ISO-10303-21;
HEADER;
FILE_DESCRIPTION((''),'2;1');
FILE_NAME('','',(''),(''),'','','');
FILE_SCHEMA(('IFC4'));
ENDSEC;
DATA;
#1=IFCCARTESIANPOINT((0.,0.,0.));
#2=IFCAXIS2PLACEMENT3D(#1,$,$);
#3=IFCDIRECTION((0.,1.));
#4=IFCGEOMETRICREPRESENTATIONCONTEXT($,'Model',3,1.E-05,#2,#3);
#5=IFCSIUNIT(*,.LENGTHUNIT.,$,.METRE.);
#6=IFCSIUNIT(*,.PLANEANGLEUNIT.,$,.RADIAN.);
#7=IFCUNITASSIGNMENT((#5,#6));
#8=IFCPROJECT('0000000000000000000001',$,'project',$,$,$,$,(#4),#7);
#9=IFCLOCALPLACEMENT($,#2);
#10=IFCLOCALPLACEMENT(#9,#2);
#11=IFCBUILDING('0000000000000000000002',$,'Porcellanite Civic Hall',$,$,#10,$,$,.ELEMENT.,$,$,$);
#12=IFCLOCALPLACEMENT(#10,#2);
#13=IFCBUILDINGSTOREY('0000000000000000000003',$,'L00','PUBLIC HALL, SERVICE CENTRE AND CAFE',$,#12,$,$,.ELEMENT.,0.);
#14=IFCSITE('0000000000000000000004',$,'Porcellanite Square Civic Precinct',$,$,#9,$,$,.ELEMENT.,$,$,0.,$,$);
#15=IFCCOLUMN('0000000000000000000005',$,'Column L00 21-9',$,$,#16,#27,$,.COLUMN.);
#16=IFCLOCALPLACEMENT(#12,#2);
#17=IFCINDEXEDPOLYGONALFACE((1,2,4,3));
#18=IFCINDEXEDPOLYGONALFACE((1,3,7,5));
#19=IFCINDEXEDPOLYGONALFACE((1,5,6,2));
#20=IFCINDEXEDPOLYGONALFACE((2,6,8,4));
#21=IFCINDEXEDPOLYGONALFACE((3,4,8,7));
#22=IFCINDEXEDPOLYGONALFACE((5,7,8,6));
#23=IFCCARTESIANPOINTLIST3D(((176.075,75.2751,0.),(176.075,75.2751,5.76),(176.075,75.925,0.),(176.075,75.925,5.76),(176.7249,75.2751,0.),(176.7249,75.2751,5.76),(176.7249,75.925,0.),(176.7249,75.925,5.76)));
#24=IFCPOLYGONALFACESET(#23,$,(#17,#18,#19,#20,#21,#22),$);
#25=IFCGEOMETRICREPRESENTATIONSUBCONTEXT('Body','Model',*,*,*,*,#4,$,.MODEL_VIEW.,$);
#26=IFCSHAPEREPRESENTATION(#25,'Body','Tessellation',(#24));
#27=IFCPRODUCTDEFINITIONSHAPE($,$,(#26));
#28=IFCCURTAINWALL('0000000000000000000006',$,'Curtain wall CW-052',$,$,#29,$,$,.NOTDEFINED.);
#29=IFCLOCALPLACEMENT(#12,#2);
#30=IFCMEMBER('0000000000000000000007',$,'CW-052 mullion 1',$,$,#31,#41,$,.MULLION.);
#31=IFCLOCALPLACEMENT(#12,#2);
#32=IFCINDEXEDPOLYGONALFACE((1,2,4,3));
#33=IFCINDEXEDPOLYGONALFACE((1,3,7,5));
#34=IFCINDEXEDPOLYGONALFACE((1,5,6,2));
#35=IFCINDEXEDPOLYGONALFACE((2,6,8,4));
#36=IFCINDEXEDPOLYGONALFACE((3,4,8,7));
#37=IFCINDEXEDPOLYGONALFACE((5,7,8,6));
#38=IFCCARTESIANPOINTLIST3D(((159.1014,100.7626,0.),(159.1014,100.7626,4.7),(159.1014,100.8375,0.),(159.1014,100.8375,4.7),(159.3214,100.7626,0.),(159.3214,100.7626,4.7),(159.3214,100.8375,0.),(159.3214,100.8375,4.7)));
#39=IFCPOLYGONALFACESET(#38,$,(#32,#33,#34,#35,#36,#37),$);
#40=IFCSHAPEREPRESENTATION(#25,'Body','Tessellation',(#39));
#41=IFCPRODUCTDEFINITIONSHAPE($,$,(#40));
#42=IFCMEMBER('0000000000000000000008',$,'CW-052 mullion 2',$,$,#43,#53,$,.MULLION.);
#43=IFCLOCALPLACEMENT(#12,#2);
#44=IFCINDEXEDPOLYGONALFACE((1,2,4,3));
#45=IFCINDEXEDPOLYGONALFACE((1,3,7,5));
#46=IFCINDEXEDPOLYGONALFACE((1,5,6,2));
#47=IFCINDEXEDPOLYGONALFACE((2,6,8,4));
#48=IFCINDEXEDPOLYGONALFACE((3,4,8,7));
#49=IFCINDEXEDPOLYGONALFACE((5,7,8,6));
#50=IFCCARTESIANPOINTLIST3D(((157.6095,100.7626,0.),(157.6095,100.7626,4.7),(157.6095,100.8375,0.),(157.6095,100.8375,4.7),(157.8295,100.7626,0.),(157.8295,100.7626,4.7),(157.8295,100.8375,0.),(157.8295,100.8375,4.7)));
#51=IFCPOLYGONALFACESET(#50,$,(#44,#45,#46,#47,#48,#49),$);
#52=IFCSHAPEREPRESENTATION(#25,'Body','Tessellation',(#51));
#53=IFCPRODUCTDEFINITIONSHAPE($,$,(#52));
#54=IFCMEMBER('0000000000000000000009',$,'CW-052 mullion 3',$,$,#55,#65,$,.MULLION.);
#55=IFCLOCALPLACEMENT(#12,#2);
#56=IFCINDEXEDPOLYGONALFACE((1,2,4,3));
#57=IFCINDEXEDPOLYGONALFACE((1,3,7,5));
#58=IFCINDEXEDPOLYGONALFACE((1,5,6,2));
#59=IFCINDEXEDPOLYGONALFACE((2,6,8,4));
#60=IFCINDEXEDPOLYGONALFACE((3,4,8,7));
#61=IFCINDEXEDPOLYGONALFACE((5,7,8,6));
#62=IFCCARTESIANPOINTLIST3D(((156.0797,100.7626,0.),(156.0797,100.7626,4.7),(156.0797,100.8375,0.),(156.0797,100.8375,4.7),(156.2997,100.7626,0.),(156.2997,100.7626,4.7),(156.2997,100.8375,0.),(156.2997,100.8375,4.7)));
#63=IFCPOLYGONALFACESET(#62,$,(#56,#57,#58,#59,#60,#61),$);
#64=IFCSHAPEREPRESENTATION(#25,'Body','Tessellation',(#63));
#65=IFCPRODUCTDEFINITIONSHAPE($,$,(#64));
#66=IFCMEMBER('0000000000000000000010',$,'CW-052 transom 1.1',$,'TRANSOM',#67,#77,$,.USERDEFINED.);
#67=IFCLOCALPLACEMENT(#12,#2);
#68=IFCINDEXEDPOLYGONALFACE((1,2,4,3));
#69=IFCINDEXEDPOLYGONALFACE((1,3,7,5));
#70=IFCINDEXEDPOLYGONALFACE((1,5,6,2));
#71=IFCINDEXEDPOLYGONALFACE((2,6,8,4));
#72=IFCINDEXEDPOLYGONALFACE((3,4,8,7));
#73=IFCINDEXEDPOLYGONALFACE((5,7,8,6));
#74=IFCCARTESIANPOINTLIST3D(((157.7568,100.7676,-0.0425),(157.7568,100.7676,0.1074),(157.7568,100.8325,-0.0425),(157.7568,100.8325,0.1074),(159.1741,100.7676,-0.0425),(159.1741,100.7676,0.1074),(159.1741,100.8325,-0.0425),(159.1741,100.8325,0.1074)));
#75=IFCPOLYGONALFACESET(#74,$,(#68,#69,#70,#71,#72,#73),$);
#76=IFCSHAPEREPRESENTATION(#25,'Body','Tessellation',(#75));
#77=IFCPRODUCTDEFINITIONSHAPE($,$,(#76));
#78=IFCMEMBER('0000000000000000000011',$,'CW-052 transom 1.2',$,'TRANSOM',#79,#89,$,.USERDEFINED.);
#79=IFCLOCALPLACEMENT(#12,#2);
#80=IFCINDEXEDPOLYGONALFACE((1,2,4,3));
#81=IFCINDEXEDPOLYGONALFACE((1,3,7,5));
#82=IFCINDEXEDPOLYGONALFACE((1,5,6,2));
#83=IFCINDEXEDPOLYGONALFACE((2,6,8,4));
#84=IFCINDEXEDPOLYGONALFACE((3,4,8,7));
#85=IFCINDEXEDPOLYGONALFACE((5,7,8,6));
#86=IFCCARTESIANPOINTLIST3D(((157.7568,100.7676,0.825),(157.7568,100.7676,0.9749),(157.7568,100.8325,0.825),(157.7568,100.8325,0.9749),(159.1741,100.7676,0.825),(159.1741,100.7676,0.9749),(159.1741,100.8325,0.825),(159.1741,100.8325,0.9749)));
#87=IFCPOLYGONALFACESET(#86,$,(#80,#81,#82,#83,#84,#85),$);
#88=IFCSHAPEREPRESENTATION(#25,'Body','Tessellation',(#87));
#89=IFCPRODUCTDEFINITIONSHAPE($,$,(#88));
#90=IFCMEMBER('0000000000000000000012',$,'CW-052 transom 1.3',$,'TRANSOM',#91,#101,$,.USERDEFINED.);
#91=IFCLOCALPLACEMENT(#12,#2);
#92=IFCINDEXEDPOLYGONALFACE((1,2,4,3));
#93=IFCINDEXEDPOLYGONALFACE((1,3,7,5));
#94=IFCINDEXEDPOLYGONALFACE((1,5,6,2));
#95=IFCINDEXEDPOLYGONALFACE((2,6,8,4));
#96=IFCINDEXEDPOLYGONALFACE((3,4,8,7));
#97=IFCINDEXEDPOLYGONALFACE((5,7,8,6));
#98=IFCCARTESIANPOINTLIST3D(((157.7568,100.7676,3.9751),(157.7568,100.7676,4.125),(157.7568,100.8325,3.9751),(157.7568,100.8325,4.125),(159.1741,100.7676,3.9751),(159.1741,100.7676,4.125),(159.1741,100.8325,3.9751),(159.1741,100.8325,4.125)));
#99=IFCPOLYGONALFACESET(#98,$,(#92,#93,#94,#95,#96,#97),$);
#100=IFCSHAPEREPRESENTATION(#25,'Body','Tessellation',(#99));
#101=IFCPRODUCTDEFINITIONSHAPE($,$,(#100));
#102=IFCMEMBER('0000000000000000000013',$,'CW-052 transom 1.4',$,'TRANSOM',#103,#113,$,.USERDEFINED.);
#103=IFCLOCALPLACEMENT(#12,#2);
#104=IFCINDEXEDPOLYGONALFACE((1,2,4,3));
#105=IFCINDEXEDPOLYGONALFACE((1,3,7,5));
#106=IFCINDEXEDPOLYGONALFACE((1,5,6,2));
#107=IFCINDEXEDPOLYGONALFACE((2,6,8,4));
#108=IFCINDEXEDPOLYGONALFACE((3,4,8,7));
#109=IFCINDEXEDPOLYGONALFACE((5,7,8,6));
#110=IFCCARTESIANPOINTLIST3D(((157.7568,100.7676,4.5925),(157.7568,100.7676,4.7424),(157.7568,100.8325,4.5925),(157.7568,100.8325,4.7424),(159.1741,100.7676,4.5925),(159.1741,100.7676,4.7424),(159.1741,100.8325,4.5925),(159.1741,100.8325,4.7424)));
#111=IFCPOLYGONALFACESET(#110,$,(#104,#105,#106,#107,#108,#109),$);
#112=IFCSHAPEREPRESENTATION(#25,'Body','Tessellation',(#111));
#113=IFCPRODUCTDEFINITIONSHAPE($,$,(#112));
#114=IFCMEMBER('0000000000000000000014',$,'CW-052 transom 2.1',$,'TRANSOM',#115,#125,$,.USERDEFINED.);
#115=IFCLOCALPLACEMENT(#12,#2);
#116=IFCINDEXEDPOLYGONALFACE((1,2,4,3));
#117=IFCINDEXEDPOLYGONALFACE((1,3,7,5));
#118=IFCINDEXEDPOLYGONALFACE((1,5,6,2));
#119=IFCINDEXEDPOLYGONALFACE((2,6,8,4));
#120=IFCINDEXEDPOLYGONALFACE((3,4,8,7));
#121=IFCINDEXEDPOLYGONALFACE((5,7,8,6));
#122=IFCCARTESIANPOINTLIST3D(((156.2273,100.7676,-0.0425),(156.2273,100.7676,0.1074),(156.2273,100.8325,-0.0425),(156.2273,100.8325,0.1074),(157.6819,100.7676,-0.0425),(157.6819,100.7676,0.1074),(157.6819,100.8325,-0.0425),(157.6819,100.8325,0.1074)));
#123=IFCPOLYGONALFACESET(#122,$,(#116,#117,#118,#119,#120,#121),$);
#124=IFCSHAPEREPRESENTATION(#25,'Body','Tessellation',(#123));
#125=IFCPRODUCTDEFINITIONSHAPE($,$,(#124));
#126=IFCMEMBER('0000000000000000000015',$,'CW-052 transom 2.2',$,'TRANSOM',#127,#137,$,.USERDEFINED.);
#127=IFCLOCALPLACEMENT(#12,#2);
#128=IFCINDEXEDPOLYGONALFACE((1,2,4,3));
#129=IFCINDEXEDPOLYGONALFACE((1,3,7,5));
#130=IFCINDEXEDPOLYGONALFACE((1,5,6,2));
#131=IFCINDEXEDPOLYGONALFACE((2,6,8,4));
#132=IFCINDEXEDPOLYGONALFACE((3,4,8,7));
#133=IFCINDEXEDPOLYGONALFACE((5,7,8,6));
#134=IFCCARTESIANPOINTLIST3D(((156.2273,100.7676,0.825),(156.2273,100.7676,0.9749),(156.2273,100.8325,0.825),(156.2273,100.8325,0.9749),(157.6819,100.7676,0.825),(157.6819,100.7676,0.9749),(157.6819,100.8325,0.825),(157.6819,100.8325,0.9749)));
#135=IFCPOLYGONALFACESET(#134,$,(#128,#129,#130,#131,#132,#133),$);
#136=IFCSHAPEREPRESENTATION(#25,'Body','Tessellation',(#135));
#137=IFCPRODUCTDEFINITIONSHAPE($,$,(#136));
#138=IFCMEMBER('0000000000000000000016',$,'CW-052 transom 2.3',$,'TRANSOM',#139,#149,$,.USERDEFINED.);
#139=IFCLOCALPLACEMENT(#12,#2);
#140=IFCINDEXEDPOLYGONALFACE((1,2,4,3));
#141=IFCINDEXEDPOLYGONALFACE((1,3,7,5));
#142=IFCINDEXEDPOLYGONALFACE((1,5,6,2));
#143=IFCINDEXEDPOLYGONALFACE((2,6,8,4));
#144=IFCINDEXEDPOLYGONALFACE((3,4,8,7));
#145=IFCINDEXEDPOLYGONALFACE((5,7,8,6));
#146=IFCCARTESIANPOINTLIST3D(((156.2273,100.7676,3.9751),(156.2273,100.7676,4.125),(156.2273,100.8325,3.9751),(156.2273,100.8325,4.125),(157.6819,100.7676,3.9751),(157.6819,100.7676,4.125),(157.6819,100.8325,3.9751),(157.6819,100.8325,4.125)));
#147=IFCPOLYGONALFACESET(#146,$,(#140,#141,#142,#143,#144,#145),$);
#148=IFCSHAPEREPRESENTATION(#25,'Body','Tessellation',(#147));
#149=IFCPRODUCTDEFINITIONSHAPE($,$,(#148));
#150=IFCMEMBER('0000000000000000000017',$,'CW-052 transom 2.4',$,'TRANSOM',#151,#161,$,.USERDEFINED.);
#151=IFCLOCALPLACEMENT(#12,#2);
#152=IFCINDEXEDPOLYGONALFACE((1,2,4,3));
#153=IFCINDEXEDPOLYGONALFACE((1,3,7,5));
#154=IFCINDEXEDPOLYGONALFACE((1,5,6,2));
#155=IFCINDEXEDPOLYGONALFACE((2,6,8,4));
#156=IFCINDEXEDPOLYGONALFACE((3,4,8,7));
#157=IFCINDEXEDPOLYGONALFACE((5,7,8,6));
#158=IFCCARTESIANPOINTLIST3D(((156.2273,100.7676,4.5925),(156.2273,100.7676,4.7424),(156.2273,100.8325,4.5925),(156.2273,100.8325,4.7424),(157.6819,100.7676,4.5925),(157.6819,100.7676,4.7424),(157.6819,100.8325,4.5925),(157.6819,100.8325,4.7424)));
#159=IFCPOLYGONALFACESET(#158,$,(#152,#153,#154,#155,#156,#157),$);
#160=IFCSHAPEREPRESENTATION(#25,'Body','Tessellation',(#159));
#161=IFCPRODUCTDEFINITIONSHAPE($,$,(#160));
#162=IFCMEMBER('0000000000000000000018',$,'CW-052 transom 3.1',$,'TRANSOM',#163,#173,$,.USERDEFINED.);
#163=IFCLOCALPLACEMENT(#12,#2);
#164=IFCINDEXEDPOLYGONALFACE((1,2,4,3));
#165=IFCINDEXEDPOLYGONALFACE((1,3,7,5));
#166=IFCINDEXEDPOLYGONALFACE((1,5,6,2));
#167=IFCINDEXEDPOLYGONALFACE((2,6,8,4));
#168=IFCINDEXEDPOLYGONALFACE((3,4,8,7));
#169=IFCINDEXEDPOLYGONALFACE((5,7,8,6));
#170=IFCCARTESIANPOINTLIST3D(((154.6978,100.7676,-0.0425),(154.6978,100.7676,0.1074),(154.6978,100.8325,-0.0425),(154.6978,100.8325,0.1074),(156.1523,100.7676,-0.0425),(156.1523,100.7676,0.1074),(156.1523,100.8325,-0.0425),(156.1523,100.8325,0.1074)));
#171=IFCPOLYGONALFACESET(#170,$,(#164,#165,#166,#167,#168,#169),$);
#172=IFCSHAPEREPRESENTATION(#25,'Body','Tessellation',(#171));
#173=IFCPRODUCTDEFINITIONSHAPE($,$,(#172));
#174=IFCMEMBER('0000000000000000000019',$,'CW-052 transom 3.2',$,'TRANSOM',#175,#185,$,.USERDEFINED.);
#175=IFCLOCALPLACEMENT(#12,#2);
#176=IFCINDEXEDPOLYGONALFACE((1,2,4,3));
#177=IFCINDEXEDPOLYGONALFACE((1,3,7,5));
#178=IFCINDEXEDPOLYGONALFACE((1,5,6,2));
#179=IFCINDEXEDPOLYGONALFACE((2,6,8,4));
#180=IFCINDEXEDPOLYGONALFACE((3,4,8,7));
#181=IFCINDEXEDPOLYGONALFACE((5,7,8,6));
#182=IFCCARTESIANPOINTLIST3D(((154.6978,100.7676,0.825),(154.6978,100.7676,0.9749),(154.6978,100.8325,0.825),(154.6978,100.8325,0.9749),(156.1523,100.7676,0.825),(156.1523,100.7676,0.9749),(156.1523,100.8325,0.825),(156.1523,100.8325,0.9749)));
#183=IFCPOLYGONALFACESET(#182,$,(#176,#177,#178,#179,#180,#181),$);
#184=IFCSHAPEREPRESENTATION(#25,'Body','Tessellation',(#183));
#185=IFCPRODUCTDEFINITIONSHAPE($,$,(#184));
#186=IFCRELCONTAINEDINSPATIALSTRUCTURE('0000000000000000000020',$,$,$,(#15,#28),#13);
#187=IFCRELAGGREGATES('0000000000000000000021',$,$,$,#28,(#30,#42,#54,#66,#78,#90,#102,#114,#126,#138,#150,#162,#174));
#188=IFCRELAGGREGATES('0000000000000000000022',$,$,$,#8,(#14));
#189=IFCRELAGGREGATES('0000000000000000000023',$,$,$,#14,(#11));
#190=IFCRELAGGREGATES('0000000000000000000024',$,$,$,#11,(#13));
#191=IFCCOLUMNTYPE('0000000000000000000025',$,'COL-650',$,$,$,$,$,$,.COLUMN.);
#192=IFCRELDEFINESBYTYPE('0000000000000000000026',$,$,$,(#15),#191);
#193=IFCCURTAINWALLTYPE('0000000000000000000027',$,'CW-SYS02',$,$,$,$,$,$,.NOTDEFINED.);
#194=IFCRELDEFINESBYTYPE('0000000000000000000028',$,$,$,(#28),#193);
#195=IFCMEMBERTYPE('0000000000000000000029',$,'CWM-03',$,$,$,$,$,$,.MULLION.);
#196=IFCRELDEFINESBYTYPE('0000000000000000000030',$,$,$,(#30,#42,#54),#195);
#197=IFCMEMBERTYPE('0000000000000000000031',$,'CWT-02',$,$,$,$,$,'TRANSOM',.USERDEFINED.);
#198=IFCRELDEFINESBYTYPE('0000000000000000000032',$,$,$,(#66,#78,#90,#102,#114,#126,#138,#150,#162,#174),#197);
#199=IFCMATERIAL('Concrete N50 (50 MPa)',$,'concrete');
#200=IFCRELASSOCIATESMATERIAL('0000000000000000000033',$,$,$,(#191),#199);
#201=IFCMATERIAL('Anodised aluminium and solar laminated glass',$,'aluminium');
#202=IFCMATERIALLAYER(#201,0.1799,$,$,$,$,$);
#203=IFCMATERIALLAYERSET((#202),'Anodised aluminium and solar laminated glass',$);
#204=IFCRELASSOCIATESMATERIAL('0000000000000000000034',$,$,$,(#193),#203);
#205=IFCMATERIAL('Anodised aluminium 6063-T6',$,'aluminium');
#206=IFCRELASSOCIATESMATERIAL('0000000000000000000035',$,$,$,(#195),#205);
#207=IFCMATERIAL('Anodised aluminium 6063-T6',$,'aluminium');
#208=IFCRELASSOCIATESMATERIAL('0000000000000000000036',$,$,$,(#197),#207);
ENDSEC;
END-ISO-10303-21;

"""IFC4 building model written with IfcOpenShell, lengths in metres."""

from ifc_helpers import new_model, si_unit, direction, frame, origin, origin_2d, place, context, subcontext, project, spatial, rectangle, extrude, material, layer, layer_set, material_profile, profile_set, type_object, element, aggregate, save


model = new_model("IFC4")

# Units and contexts
model_context = context("Model", 3, precision=1e-05, world=origin(), true_north=direction((0.0, 1.0)))
body_context = subcontext(model_context, "Body", "Model", "MODEL_VIEW")
ifc_project = project(units=[si_unit("LENGTHUNIT", "METRE"), si_unit("PLANEANGLEUNIT", "RADIAN")], contexts=[model_context])

# Site, building, storey
site_placement = place(None, origin())
site = spatial("IfcSite", under=ifc_project, at=site_placement, Name="Porcellanite Square Civic Precinct", CompositionType="ELEMENT", RefElevation=0.0)
building_placement = place(site_placement, origin())
building = spatial("IfcBuilding", under=site, at=building_placement, Name="Porcellanite Civic Hall", CompositionType="ELEMENT")
storey_placement = place(building_placement, origin())
storey = spatial("IfcBuildingStorey", under=building, at=storey_placement, Name="L00", Description="PUBLIC HALL, SERVICE CENTRE AND CAFE", CompositionType="ELEMENT", Elevation=0.0)

# Column
ifc_material_1 = material(Name="Concrete N50 (50 MPa)", Category="concrete")
ifc_material_profile_1 = material_profile(ifc_material_1, rectangle(XDim=0.6499, YDim=0.6499, at=origin_2d()), Name="RC-650x650")
ifc_profile_set_1 = profile_set([ifc_material_profile_1], Name="Concrete N50 (50 MPa)")
column_type = type_object("IfcColumnType", Name="COL-650", PredefinedType="COLUMN", material=ifc_profile_set_1)
column_placement = place(storey_placement, frame((176.3999, 75.6001, 0.0), z_axis=(0.0, 0.0, 1.0), x_axis=(1.0, 0.0, 0.0)))
element("IfcColumn", 1, at=column_placement, inside=storey, type_object=column_type, Name="Column L00 21-9", PredefinedType="COLUMN", context=body_context, shape_type="SweptSolid", body=[
    extrude(rectangle(XDim=0.6499, YDim=0.6499, at=origin_2d()), origin(), (0.0, 0.0, 1.0), 5.76),
])

# Curtain wall, members
ifc_material_2 = material(Name="Anodised aluminium and solar laminated glass", Category="aluminium")
ifc_layer_1 = layer(ifc_material_2, 0.1799)
ifc_layer_set_1 = layer_set([ifc_layer_1], Name="Anodised aluminium and solar laminated glass")
curtain_wall_type = type_object("IfcCurtainWallType", Name="CW-SYS02", PredefinedType="NOTDEFINED", material=ifc_layer_set_1)
curtain_wall_placement = place(storey_placement, origin())
curtain_wall = element("IfcCurtainWall", 2, at=curtain_wall_placement, inside=storey, type_object=curtain_wall_type, Name="Curtain wall CW-052", PredefinedType="NOTDEFINED")
ifc_material_3 = material(Name="Anodised aluminium 6063-T6", Category="aluminium")
ifc_material_profile_2 = material_profile(ifc_material_3, rectangle(XDim=0.075, YDim=0.22, at=origin_2d()), Name="AL-75x220")
ifc_profile_set_2 = profile_set([ifc_material_profile_2], Name="Anodised aluminium 6063-T6")
member_type_1 = type_object("IfcMemberType", Name="CWM-03", PredefinedType="MULLION", material=ifc_profile_set_2)
member_1_placement = place(storey_placement, frame((159.2114, 100.8, 0.0), z_axis=(0.0, 0.0, 1.0), x_axis=(0.0, -1.0, 0.0)))
member_1 = element("IfcMember", 3, at=member_1_placement, type_object=member_type_1, Name="CW-052 mullion 1", PredefinedType="MULLION", context=body_context, shape_type="SweptSolid", body=[
    extrude(rectangle(XDim=0.075, YDim=0.22, at=origin_2d()), origin(), (0.0, 0.0, 1.0), 4.7),
])
member_2_placement = place(storey_placement, frame((157.7195, 100.8, 0.0), z_axis=(0.0, 0.0, 1.0), x_axis=(0.0, -1.0, 0.0)))
member_2 = element("IfcMember", 4, at=member_2_placement, type_object=member_type_1, Name="CW-052 mullion 2", PredefinedType="MULLION", context=body_context, shape_type="SweptSolid", body=[
    extrude(rectangle(XDim=0.075, YDim=0.22, at=origin_2d()), origin(), (0.0, 0.0, 1.0), 4.7),
])
member_3_placement = place(storey_placement, frame((156.1897, 100.8, 0.0), z_axis=(0.0, 0.0, 1.0), x_axis=(0.0, -1.0, 0.0)))
member_3 = element("IfcMember", 5, at=member_3_placement, type_object=member_type_1, Name="CW-052 mullion 3", PredefinedType="MULLION", context=body_context, shape_type="SweptSolid", body=[
    extrude(rectangle(XDim=0.075, YDim=0.22, at=origin_2d()), origin(), (0.0, 0.0, 1.0), 4.7),
])
ifc_material_4 = material(Name="Anodised aluminium 6063-T6", Category="aluminium")
ifc_material_profile_3 = material_profile(ifc_material_4, rectangle(XDim=0.0649, YDim=0.1499, at=origin_2d()), Name="AL-65x150")
ifc_profile_set_3 = profile_set([ifc_material_profile_3], Name="Anodised aluminium 6063-T6")
member_type_2 = type_object("IfcMemberType", Name="CWT-02", ElementType="TRANSOM", PredefinedType="USERDEFINED", material=ifc_profile_set_3)
member_4_placement = place(storey_placement, frame((159.1741, 100.8, 0.0325), z_axis=(-1.0, 0.0, 0.0), x_axis=(0.0, -1.0, 0.0)))
member_4 = element("IfcMember", 6, at=member_4_placement, type_object=member_type_2, Name="CW-052 transom 1.1", ObjectType="TRANSOM", PredefinedType="USERDEFINED", context=body_context, shape_type="SweptSolid", body=[
    extrude(rectangle(XDim=0.0649, YDim=0.1499, at=origin_2d()), origin(), (0.0, 0.0, 1.0), 1.4172),
])
member_5_placement = place(storey_placement, frame((159.1741, 100.8, 0.8999), z_axis=(-1.0, 0.0, 0.0), x_axis=(0.0, -1.0, 0.0)))
member_5 = element("IfcMember", 7, at=member_5_placement, type_object=member_type_2, Name="CW-052 transom 1.2", ObjectType="TRANSOM", PredefinedType="USERDEFINED", context=body_context, shape_type="SweptSolid", body=[
    extrude(rectangle(XDim=0.0649, YDim=0.1499, at=origin_2d()), origin(), (0.0, 0.0, 1.0), 1.4172),
])
member_6_placement = place(storey_placement, frame((159.1741, 100.8, 4.05), z_axis=(-1.0, 0.0, 0.0), x_axis=(0.0, -1.0, 0.0)))
member_6 = element("IfcMember", 8, at=member_6_placement, type_object=member_type_2, Name="CW-052 transom 1.3", ObjectType="TRANSOM", PredefinedType="USERDEFINED", context=body_context, shape_type="SweptSolid", body=[
    extrude(rectangle(XDim=0.0649, YDim=0.1499, at=origin_2d()), origin(), (0.0, 0.0, 1.0), 1.4172),
])
member_7_placement = place(storey_placement, frame((159.1741, 100.8, 4.6675), z_axis=(-1.0, 0.0, 0.0), x_axis=(0.0, -1.0, 0.0)))
member_7 = element("IfcMember", 9, at=member_7_placement, type_object=member_type_2, Name="CW-052 transom 1.4", ObjectType="TRANSOM", PredefinedType="USERDEFINED", context=body_context, shape_type="SweptSolid", body=[
    extrude(rectangle(XDim=0.0649, YDim=0.1499, at=origin_2d()), origin(), (0.0, 0.0, 1.0), 1.4172),
])
member_8_placement = place(storey_placement, frame((157.6819, 100.8, 0.0325), z_axis=(-1.0, 0.0, 0.0), x_axis=(0.0, -1.0, 0.0)))
member_8 = element("IfcMember", 10, at=member_8_placement, type_object=member_type_2, Name="CW-052 transom 2.1", ObjectType="TRANSOM", PredefinedType="USERDEFINED", context=body_context, shape_type="SweptSolid", body=[
    extrude(rectangle(XDim=0.0649, YDim=0.1499, at=origin_2d()), origin(), (0.0, 0.0, 1.0), 1.4546),
])
member_9_placement = place(storey_placement, frame((157.6819, 100.8, 0.8999), z_axis=(-1.0, 0.0, 0.0), x_axis=(0.0, -1.0, 0.0)))
member_9 = element("IfcMember", 11, at=member_9_placement, type_object=member_type_2, Name="CW-052 transom 2.2", ObjectType="TRANSOM", PredefinedType="USERDEFINED", context=body_context, shape_type="SweptSolid", body=[
    extrude(rectangle(XDim=0.0649, YDim=0.1499, at=origin_2d()), origin(), (0.0, 0.0, 1.0), 1.4546),
])
member_10_placement = place(storey_placement, frame((157.6819, 100.8, 4.05), z_axis=(-1.0, 0.0, 0.0), x_axis=(0.0, -1.0, 0.0)))
member_10 = element("IfcMember", 12, at=member_10_placement, type_object=member_type_2, Name="CW-052 transom 2.3", ObjectType="TRANSOM", PredefinedType="USERDEFINED", context=body_context, shape_type="SweptSolid", body=[
    extrude(rectangle(XDim=0.0649, YDim=0.1499, at=origin_2d()), origin(), (0.0, 0.0, 1.0), 1.4546),
])
member_11_placement = place(storey_placement, frame((157.6819, 100.8, 4.6675), z_axis=(-1.0, 0.0, 0.0), x_axis=(0.0, -1.0, 0.0)))
member_11 = element("IfcMember", 13, at=member_11_placement, type_object=member_type_2, Name="CW-052 transom 2.4", ObjectType="TRANSOM", PredefinedType="USERDEFINED", context=body_context, shape_type="SweptSolid", body=[
    extrude(rectangle(XDim=0.0649, YDim=0.1499, at=origin_2d()), origin(), (0.0, 0.0, 1.0), 1.4546),
])
member_12_placement = place(storey_placement, frame((156.1523, 100.8, 0.0325), z_axis=(-1.0, 0.0, 0.0), x_axis=(0.0, -1.0, 0.0)))
member_12 = element("IfcMember", 14, at=member_12_placement, type_object=member_type_2, Name="CW-052 transom 3.1", ObjectType="TRANSOM", PredefinedType="USERDEFINED", context=body_context, shape_type="SweptSolid", body=[
    extrude(rectangle(XDim=0.0649, YDim=0.1499, at=origin_2d()), origin(), (0.0, 0.0, 1.0), 1.4546),
])
member_13_placement = place(storey_placement, frame((156.1523, 100.8, 0.8999), z_axis=(-1.0, 0.0, 0.0), x_axis=(0.0, -1.0, 0.0)))
member_13 = element("IfcMember", 15, at=member_13_placement, type_object=member_type_2, Name="CW-052 transom 3.2", ObjectType="TRANSOM", PredefinedType="USERDEFINED", context=body_context, shape_type="SweptSolid", body=[
    extrude(rectangle(XDim=0.0649, YDim=0.1499, at=origin_2d()), origin(), (0.0, 0.0, 1.0), 1.4546),
])

aggregate(curtain_wall, [member_1, member_2, member_3, member_4, member_5, member_6, member_7, member_8, member_9, member_10, member_11, member_12, member_13])

save(model, "model.ifc")
